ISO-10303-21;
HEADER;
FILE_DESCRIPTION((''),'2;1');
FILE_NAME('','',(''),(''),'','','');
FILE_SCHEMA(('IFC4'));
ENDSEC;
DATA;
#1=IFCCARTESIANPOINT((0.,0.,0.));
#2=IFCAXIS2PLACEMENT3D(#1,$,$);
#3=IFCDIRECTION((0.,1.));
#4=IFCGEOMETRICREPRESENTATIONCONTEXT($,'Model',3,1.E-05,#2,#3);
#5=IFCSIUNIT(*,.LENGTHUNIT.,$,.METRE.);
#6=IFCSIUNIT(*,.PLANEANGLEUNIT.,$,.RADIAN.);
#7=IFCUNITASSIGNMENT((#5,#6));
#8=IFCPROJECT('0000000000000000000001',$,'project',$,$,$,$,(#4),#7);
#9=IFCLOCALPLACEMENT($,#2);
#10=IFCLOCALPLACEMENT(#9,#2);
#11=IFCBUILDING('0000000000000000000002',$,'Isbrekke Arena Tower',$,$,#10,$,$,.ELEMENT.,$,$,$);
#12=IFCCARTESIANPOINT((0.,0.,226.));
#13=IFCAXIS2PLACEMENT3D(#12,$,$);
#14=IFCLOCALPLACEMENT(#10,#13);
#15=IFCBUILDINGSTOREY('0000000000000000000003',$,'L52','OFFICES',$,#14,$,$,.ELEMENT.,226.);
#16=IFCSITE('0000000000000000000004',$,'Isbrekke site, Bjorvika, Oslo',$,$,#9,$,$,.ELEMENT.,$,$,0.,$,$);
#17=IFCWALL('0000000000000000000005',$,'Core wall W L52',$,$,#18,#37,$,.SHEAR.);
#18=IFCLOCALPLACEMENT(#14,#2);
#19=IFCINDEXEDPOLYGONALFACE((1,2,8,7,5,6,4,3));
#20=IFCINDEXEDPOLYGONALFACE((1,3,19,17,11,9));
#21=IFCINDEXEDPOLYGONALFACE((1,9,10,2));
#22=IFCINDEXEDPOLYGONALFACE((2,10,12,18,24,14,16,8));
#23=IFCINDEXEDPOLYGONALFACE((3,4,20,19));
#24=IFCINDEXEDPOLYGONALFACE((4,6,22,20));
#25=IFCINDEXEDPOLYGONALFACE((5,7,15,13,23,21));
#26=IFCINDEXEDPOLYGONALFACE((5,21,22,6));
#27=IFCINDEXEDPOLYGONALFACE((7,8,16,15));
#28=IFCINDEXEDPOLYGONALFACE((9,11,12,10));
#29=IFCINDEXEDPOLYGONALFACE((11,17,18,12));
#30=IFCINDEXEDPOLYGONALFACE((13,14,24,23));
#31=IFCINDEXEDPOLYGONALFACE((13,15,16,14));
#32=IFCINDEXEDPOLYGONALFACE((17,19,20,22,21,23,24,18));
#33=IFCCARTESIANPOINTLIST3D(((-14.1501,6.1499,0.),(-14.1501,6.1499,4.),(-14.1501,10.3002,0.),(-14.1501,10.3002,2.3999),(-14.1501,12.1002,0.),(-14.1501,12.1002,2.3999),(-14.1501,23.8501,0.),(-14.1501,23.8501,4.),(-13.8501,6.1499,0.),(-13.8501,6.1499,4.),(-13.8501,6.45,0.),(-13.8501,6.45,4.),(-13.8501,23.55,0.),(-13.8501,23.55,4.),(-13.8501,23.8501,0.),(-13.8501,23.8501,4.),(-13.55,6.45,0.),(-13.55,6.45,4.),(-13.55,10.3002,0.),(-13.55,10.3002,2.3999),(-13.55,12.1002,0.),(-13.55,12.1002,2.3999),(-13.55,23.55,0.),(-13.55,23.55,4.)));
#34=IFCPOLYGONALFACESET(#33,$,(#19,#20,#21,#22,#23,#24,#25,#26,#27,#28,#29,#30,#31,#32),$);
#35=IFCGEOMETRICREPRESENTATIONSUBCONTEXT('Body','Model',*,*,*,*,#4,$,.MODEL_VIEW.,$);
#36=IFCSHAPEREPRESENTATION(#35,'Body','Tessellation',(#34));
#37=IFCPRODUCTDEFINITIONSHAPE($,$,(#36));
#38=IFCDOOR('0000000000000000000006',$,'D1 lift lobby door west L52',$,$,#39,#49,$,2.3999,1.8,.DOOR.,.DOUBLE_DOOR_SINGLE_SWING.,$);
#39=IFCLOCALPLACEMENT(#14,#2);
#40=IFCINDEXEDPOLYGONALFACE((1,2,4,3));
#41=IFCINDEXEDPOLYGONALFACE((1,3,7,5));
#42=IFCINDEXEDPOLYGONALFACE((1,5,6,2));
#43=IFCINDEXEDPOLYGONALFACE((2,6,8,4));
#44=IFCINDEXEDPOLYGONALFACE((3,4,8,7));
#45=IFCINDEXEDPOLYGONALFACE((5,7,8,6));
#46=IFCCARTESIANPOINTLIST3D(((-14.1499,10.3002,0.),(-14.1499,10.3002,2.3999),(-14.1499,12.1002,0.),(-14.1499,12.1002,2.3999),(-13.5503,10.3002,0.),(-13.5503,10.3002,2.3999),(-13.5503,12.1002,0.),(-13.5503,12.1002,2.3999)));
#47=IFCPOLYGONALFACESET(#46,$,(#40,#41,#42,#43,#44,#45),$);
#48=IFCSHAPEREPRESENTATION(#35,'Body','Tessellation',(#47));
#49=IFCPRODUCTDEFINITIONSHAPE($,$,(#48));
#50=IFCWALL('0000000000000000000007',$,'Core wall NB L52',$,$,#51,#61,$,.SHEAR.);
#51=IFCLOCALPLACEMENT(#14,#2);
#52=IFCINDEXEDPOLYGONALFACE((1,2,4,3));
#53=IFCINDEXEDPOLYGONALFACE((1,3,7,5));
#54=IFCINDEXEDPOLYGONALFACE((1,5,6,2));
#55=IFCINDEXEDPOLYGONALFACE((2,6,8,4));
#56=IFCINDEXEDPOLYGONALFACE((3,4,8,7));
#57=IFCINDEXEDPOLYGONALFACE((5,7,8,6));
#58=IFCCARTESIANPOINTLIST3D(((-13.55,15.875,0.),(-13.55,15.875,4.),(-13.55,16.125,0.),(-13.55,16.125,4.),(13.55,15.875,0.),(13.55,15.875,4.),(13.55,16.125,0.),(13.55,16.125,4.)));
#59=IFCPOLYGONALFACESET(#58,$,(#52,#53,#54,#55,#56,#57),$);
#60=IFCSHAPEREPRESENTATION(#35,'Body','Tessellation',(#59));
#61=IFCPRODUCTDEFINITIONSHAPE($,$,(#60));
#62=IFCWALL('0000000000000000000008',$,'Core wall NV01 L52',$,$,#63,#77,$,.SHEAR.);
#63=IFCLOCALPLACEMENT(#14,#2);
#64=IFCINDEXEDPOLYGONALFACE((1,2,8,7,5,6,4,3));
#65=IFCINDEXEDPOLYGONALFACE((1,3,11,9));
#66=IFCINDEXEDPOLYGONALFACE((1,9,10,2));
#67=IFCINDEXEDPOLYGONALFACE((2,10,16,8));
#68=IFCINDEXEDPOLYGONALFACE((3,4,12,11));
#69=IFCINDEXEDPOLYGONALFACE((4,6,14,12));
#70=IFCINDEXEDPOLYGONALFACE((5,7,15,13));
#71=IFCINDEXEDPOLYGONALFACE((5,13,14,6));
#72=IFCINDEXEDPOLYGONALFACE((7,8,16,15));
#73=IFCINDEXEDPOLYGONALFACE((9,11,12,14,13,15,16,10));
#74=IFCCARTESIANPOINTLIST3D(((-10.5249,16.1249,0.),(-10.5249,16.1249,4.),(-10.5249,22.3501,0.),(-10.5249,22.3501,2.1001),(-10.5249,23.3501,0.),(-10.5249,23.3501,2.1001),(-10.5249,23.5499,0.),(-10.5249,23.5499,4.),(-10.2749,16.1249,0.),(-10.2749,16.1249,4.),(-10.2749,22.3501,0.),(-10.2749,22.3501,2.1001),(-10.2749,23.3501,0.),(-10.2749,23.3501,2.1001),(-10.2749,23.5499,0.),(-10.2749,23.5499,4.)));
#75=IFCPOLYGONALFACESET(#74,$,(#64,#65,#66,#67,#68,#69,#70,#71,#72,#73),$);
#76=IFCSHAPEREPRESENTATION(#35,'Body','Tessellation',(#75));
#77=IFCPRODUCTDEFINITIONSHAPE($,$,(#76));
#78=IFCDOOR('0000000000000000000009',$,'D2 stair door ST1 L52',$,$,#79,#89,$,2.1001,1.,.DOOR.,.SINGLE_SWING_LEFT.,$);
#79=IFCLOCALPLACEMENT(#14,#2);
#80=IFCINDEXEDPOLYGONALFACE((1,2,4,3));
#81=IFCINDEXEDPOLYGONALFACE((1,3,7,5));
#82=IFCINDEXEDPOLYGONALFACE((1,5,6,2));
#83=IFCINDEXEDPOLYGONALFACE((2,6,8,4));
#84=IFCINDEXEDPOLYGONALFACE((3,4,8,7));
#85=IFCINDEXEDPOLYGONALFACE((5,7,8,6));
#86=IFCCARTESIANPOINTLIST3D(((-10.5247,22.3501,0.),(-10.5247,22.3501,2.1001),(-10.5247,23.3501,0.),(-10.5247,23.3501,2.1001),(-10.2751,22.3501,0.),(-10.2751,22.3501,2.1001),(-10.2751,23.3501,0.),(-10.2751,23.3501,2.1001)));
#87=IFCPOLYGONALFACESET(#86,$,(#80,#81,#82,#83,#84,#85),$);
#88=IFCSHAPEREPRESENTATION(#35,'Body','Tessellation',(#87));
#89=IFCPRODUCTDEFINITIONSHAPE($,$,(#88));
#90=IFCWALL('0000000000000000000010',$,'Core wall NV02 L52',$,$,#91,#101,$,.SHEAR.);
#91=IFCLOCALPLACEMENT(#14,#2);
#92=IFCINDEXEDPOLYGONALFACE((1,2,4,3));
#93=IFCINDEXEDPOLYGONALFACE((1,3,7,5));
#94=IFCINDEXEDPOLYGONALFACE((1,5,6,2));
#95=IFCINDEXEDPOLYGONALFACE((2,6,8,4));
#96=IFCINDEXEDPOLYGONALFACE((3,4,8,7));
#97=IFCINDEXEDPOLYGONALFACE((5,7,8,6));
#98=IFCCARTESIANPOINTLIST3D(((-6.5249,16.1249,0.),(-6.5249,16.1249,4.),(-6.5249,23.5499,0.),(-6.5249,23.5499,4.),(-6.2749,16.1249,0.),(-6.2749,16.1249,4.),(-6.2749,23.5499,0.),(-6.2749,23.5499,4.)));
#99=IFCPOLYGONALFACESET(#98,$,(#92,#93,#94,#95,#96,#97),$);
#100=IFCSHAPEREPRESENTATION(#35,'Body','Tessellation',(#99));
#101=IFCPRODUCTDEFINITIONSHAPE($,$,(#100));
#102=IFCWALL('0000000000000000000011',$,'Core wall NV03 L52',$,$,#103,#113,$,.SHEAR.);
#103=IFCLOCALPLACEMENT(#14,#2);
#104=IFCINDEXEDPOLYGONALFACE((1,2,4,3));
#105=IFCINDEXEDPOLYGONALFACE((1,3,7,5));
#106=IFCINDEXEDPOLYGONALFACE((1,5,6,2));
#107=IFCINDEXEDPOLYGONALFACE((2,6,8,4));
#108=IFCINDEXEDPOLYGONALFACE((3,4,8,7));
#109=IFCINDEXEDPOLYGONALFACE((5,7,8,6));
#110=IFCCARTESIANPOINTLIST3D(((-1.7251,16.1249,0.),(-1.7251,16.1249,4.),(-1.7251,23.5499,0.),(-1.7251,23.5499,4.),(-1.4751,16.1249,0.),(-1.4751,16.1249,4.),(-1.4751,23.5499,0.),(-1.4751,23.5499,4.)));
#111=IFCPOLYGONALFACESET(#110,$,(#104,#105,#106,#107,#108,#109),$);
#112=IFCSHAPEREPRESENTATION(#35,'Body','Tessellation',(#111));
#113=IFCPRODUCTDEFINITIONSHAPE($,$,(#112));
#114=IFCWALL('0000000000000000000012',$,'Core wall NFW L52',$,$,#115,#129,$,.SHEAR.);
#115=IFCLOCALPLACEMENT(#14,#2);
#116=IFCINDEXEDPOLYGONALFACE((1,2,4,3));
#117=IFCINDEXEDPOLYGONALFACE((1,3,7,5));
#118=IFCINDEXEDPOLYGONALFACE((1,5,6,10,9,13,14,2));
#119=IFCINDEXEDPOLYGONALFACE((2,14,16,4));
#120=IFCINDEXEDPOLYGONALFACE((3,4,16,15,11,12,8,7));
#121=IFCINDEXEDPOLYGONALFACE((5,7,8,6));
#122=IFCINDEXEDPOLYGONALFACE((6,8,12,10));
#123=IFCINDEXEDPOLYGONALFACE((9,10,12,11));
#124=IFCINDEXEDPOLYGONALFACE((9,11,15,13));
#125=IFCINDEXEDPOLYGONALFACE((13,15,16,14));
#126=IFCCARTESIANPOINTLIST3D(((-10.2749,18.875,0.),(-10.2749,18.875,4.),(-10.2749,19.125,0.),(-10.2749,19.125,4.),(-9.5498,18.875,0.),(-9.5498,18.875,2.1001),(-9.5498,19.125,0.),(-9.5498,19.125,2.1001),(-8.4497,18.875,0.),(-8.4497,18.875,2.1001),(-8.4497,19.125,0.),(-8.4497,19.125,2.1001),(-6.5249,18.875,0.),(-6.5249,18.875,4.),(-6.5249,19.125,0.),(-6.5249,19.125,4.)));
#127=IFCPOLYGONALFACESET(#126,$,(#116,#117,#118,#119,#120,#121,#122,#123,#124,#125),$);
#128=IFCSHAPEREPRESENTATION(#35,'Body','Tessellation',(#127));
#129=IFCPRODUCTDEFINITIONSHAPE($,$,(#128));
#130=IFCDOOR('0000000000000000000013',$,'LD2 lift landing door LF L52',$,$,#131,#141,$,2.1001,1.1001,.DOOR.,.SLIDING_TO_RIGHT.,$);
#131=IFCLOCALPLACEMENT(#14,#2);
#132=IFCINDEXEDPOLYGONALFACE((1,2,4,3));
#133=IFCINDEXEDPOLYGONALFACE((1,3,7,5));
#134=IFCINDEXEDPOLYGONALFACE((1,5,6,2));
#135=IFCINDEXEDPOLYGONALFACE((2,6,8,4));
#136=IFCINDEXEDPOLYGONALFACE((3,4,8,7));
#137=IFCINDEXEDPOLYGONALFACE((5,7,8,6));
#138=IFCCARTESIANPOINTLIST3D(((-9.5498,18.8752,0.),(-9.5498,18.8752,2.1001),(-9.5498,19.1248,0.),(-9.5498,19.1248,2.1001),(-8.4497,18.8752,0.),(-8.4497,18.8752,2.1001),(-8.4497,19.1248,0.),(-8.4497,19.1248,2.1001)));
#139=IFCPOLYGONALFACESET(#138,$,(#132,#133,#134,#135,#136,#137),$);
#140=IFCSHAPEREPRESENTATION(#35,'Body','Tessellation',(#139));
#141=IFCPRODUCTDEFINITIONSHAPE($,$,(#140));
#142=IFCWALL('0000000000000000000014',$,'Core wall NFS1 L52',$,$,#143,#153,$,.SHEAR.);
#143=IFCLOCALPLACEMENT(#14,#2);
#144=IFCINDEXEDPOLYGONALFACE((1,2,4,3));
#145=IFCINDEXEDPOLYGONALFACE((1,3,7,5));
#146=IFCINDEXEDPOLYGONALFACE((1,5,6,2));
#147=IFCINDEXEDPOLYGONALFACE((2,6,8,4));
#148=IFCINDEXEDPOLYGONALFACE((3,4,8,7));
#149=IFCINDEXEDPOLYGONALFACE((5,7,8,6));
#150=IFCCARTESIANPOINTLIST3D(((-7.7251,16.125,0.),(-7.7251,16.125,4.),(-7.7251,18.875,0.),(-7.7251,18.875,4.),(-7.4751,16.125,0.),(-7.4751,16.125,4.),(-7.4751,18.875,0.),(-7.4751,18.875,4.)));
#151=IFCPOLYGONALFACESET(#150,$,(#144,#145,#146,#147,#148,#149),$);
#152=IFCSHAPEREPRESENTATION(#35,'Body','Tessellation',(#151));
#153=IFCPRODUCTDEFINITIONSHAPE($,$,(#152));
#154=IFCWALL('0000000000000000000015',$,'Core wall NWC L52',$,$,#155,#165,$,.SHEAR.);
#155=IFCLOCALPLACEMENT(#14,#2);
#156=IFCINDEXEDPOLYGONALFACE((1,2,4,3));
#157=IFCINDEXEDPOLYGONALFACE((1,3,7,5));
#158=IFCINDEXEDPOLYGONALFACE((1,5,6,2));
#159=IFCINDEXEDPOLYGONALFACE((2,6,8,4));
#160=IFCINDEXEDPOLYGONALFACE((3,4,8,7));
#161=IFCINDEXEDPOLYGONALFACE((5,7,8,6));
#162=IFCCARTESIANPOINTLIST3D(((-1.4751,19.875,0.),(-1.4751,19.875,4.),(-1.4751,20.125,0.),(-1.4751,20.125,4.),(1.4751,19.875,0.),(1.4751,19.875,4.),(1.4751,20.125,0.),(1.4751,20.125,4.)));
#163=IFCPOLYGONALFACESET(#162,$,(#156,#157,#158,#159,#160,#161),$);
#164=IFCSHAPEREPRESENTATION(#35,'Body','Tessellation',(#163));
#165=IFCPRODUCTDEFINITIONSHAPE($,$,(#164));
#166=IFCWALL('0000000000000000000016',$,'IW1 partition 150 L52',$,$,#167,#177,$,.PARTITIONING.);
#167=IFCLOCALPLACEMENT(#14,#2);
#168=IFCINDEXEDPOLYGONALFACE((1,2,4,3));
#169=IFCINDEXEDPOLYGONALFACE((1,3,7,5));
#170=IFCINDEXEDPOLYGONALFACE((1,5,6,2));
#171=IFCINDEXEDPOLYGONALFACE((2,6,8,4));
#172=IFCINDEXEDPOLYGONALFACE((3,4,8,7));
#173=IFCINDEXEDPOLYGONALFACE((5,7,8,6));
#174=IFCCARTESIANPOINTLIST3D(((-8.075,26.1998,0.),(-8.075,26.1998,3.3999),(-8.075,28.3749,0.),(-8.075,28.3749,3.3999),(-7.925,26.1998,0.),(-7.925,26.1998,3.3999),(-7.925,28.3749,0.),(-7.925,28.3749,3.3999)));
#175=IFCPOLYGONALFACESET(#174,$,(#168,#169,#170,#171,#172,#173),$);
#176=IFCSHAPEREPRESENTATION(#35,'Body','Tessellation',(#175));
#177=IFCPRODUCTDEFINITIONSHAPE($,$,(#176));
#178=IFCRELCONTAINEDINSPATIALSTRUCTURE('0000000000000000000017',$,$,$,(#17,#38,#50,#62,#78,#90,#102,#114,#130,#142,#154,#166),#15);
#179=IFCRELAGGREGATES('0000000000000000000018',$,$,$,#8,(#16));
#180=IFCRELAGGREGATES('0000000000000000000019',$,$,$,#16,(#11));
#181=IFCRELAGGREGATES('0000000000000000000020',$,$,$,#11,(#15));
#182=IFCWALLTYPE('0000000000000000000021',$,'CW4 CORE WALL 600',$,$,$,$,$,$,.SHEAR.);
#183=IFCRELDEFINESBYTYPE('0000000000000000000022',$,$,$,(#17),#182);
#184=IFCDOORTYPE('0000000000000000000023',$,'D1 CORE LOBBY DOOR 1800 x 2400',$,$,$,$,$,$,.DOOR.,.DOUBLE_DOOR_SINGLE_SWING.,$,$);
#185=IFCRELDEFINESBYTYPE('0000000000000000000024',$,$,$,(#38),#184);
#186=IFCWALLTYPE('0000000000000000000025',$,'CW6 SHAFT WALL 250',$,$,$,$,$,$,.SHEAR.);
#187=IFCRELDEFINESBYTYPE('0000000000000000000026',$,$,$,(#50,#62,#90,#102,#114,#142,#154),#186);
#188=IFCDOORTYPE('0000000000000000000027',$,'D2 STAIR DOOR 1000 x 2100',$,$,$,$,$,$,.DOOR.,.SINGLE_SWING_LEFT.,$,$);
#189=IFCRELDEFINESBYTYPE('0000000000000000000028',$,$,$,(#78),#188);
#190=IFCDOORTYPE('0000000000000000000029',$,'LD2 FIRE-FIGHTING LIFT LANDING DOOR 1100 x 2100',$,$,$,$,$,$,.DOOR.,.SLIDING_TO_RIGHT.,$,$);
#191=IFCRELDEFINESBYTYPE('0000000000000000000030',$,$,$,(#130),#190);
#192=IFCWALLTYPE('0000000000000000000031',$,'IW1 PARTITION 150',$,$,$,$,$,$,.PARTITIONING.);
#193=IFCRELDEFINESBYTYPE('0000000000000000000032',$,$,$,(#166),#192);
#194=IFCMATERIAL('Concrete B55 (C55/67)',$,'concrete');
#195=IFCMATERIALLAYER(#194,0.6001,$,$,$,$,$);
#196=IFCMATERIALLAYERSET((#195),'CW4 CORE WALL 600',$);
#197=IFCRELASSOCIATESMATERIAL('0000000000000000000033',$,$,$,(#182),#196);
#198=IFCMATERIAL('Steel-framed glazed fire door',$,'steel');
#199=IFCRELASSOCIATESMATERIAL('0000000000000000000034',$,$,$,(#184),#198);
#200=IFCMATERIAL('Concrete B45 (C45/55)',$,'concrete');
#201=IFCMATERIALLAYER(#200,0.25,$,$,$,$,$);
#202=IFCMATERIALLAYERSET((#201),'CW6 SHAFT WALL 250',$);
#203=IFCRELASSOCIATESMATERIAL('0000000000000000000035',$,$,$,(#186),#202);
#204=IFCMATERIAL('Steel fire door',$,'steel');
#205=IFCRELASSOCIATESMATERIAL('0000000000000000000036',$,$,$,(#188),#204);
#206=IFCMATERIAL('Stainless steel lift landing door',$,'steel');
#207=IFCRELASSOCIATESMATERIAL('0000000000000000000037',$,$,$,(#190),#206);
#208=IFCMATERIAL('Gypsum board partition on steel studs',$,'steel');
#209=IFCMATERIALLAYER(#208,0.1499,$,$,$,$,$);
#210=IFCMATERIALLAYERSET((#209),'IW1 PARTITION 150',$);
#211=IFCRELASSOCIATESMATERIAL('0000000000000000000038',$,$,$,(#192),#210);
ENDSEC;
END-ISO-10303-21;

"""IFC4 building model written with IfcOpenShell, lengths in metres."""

from ifc_helpers import new_model, si_unit, direction, frame, frame_2d, origin, place, context, subcontext, project, spatial, polyline, rectangle, outline, extrude, material, layer, layer_set, type_object, element, fill, save


model = new_model("IFC4")

# Units and contexts
model_context = context("Model", 3, precision=1e-05, world=origin(), true_north=direction((0.0, 1.0)))
body_context = subcontext(model_context, "Body", "Model", "MODEL_VIEW")
ifc_project = project(units=[si_unit("LENGTHUNIT", "METRE"), si_unit("PLANEANGLEUNIT", "RADIAN")], contexts=[model_context])

# Site, building, storey
site_placement = place(None, origin())
site = spatial("IfcSite", under=ifc_project, at=site_placement, Name="Isbrekke site, Bjorvika, Oslo", CompositionType="ELEMENT", RefElevation=0.0)
building_placement = place(site_placement, origin())
building = spatial("IfcBuilding", under=site, at=building_placement, Name="Isbrekke Arena Tower", CompositionType="ELEMENT")
storey_placement = place(building_placement, frame((0.0, 0.0, 226.0)))
storey = spatial("IfcBuildingStorey", under=building, at=storey_placement, Name="L52", Description="OFFICES", CompositionType="ELEMENT", Elevation=226.0)

# Wall, opening, door
ifc_material_1 = material(Name="Concrete B55 (C55/67)", Category="concrete")
ifc_layer_1 = layer(ifc_material_1, 0.6001)
ifc_layer_set_1 = layer_set([ifc_layer_1], Name="CW4 CORE WALL 600")
wall_type_1 = type_object("IfcWallType", Name="CW4 CORE WALL 600", PredefinedType="SHEAR", material=ifc_layer_set_1)
wall_1_placement = place(storey_placement, frame((-13.8501, 23.8501, 0.0), z_axis=(0.0, 0.0, 1.0), x_axis=(0.0, -1.0, 0.0)))
wall_1 = element("IfcWall", 1, at=wall_1_placement, inside=storey, type_object=wall_type_1, Name="Core wall W L52", PredefinedType="SHEAR", context=body_context, shape_type="SweptSolid", body=[
    extrude(outline(polyline([(0.0, -0.3), (17.7002, -0.3), (17.7002, 0.0), (17.4001, 0.0), (17.4001, 0.3), (0.3, 0.3), (0.3, 0.0), (0.0, 0.0), (0.0, -0.3)])), origin(), (0.0, 0.0, 1.0), 4.0),
])
opening_1_placement = place(wall_1_placement, frame((11.75, 0.0, 0.0)))
opening_1 = element("IfcOpeningElement", 2, at=opening_1_placement, cuts=wall_1, PredefinedType="OPENING", context=body_context, shape_type="SweptSolid", body=[
    extrude(rectangle(XDim=1.8, YDim=2.3999, at=frame_2d((0.8999, 1.2))), frame((0.0, 0.3149, 0.0), z_axis=(0.0, -1.0, 0.0), x_axis=(1.0, 0.0, 0.0)), (0.0, 0.0, 1.0), 0.6299),
])
ifc_material_2 = material(Name="Steel-framed glazed fire door", Category="steel")
door_type_1 = type_object("IfcDoorType", Name="D1 CORE LOBBY DOOR 1800 x 2400", OperationType="DOUBLE_DOOR_SINGLE_SWING", PredefinedType="DOOR", material=ifc_material_2)
door_1_placement = place(opening_1_placement, origin())
door_1 = element("IfcDoor", 3, at=door_1_placement, inside=storey, type_object=door_type_1, Name="D1 lift lobby door west L52", OperationType="DOUBLE_DOOR_SINGLE_SWING", OverallHeight=2.3999, OverallWidth=1.8, PredefinedType="DOOR", context=body_context, shape_type="SweptSolid", body=[
    extrude(rectangle(XDim=1.8, YDim=2.3999, at=frame_2d((0.8999, 1.2))), frame((0.0, 0.2998, 0.0), z_axis=(0.0, -1.0, 0.0), x_axis=(1.0, 0.0, 0.0)), (0.0, 0.0, 1.0), 0.5996),
])
fill(opening_1, door_1)

# Wall
ifc_material_3 = material(Name="Concrete B45 (C45/55)", Category="concrete")
ifc_layer_2 = layer(ifc_material_3, 0.25)
ifc_layer_set_2 = layer_set([ifc_layer_2], Name="CW6 SHAFT WALL 250")
wall_type_2 = type_object("IfcWallType", Name="CW6 SHAFT WALL 250", PredefinedType="SHEAR", material=ifc_layer_set_2)
wall_2_placement = place(storey_placement, frame((-13.55, 16.0, 0.0), z_axis=(0.0, 0.0, 1.0), x_axis=(1.0, 0.0, 0.0)))
element("IfcWall", 4, at=wall_2_placement, inside=storey, type_object=wall_type_2, Name="Core wall NB L52", PredefinedType="SHEAR", context=body_context, shape_type="SweptSolid", body=[
    extrude(rectangle(XDim=27.1001, YDim=0.25, at=frame_2d((13.55, 0.0))), origin(), (0.0, 0.0, 1.0), 4.0),
])

# Wall, opening, door
wall_3_placement = place(storey_placement, frame((-10.3999, 16.125, 0.0), z_axis=(0.0, 0.0, 1.0), x_axis=(0.0, 1.0, 0.0)))
wall_3 = element("IfcWall", 5, at=wall_3_placement, inside=storey, type_object=wall_type_2, Name="Core wall NV01 L52", PredefinedType="SHEAR", context=body_context, shape_type="SweptSolid", body=[
    extrude(rectangle(XDim=7.425, YDim=0.25, at=frame_2d((3.7124, 0.0))), origin(), (0.0, 0.0, 1.0), 4.0),
])
opening_2_placement = place(wall_3_placement, frame((6.2251, 0.0, 0.0)))
opening_2 = element("IfcOpeningElement", 6, at=opening_2_placement, cuts=wall_3, PredefinedType="OPENING", context=body_context, shape_type="SweptSolid", body=[
    extrude(rectangle(XDim=1.0, YDim=2.1001, at=frame_2d((0.5, 1.05))), frame((0.0, 0.1399, 0.0), z_axis=(0.0, -1.0, 0.0), x_axis=(1.0, 0.0, 0.0)), (0.0, 0.0, 1.0), 0.2798),
])
ifc_material_4 = material(Name="Steel fire door", Category="steel")
door_type_2 = type_object("IfcDoorType", Name="D2 STAIR DOOR 1000 x 2100", OperationType="SINGLE_SWING_LEFT", PredefinedType="DOOR", material=ifc_material_4)
door_2_placement = place(opening_2_placement, origin())
door_2 = element("IfcDoor", 7, at=door_2_placement, inside=storey, type_object=door_type_2, Name="D2 stair door ST1 L52", OperationType="SINGLE_SWING_LEFT", OverallHeight=2.1001, OverallWidth=1.0, PredefinedType="DOOR", context=body_context, shape_type="SweptSolid", body=[
    extrude(rectangle(XDim=1.0, YDim=2.1001, at=frame_2d((0.5, 1.05))), frame((0.0, 0.1248, 0.0), z_axis=(0.0, -1.0, 0.0), x_axis=(1.0, 0.0, 0.0)), (0.0, 0.0, 1.0), 0.2495),
])
fill(opening_2, door_2)

# Walls
for number, where, z_axis, x_axis, name in (
    (8, (-6.3999, 16.125, 0.0), (0.0, 0.0, 1.0), (0.0, 1.0, 0.0), "Core wall NV02 L52"),
    (9, (-1.6001, 16.125, 0.0), (0.0, 0.0, 1.0), (0.0, 1.0, 0.0), "Core wall NV03 L52"),
):
    element("IfcWall", number, at=place(storey_placement, frame(where, z_axis=z_axis, x_axis=x_axis)), inside=storey, type_object=wall_type_2, Name=name, PredefinedType="SHEAR", context=body_context, shape_type="SweptSolid", body=[
        extrude(rectangle(XDim=7.425, YDim=0.25, at=frame_2d((3.7124, 0.0))), origin(), (0.0, 0.0, 1.0), 4.0),
    ])

# Wall, opening, door
wall_4_placement = place(storey_placement, frame((-10.2749, 19.0, 0.0), z_axis=(0.0, 0.0, 1.0), x_axis=(1.0, 0.0, 0.0)))
wall_4 = element("IfcWall", 10, at=wall_4_placement, inside=storey, type_object=wall_type_2, Name="Core wall NFW L52", PredefinedType="SHEAR", context=body_context, shape_type="SweptSolid", body=[
    extrude(rectangle(XDim=3.75, YDim=0.25, at=frame_2d((1.875, 0.0))), origin(), (0.0, 0.0, 1.0), 4.0),
])
opening_3_placement = place(wall_4_placement, frame((0.7251, 0.0, 0.0)))
opening_3 = element("IfcOpeningElement", 11, at=opening_3_placement, cuts=wall_4, PredefinedType="OPENING", context=body_context, shape_type="SweptSolid", body=[
    extrude(rectangle(XDim=1.1001, YDim=2.1001, at=frame_2d((0.55, 1.05))), frame((0.0, 0.1399, 0.0), z_axis=(0.0, -1.0, 0.0), x_axis=(1.0, 0.0, 0.0)), (0.0, 0.0, 1.0), 0.2798),
])
ifc_material_5 = material(Name="Stainless steel lift landing door", Category="steel")
door_type_3 = type_object("IfcDoorType", Name="LD2 FIRE-FIGHTING LIFT LANDING DOOR 1100 x 2100", OperationType="SLIDING_TO_RIGHT", PredefinedType="DOOR", material=ifc_material_5)
door_3_placement = place(opening_3_placement, origin())
door_3 = element("IfcDoor", 12, at=door_3_placement, inside=storey, type_object=door_type_3, Name="LD2 lift landing door LF L52", OperationType="SLIDING_TO_RIGHT", OverallHeight=2.1001, OverallWidth=1.1001, PredefinedType="DOOR", context=body_context, shape_type="SweptSolid", body=[
    extrude(rectangle(XDim=1.1001, YDim=2.1001, at=frame_2d((0.55, 1.05))), frame((0.0, 0.1248, 0.0), z_axis=(0.0, -1.0, 0.0), x_axis=(1.0, 0.0, 0.0)), (0.0, 0.0, 1.0), 0.2495),
])
fill(opening_3, door_3)

# Walls
wall_5_placement = place(storey_placement, frame((-7.6001, 16.125, 0.0), z_axis=(0.0, 0.0, 1.0), x_axis=(0.0, 1.0, 0.0)))
element("IfcWall", 13, at=wall_5_placement, inside=storey, type_object=wall_type_2, Name="Core wall NFS1 L52", PredefinedType="SHEAR", context=body_context, shape_type="SweptSolid", body=[
    extrude(rectangle(XDim=2.75, YDim=0.25, at=frame_2d((1.375, 0.0))), origin(), (0.0, 0.0, 1.0), 4.0),
])
wall_6_placement = place(storey_placement, frame((-1.4751, 20.0, 0.0), z_axis=(0.0, 0.0, 1.0), x_axis=(1.0, 0.0, 0.0)))
element("IfcWall", 14, at=wall_6_placement, inside=storey, type_object=wall_type_2, Name="Core wall NWC L52", PredefinedType="SHEAR", context=body_context, shape_type="SweptSolid", body=[
    extrude(rectangle(XDim=2.9502, YDim=0.25, at=frame_2d((1.4751, 0.0))), origin(), (0.0, 0.0, 1.0), 4.0),
])
ifc_material_6 = material(Name="Gypsum board partition on steel studs", Category="steel")
ifc_layer_3 = layer(ifc_material_6, 0.1499)
ifc_layer_set_3 = layer_set([ifc_layer_3], Name="IW1 PARTITION 150")
wall_type_3 = type_object("IfcWallType", Name="IW1 PARTITION 150", PredefinedType="PARTITIONING", material=ifc_layer_set_3)
wall_7_placement = place(storey_placement, frame((-8.0, 26.2, 0.0), z_axis=(0.0, 0.0, 1.0), x_axis=(0.0, 1.0, 0.0)))
element("IfcWall", 15, at=wall_7_placement, inside=storey, type_object=wall_type_3, Name="IW1 partition 150 L52", PredefinedType="PARTITIONING", context=body_context, shape_type="SweptSolid", body=[
    extrude(rectangle(XDim=2.175, YDim=0.1499, at=frame_2d((1.0874, 0.0))), origin(), (0.0, 0.0, 1.0), 3.3999),
])

save(model, "model.ifc")
